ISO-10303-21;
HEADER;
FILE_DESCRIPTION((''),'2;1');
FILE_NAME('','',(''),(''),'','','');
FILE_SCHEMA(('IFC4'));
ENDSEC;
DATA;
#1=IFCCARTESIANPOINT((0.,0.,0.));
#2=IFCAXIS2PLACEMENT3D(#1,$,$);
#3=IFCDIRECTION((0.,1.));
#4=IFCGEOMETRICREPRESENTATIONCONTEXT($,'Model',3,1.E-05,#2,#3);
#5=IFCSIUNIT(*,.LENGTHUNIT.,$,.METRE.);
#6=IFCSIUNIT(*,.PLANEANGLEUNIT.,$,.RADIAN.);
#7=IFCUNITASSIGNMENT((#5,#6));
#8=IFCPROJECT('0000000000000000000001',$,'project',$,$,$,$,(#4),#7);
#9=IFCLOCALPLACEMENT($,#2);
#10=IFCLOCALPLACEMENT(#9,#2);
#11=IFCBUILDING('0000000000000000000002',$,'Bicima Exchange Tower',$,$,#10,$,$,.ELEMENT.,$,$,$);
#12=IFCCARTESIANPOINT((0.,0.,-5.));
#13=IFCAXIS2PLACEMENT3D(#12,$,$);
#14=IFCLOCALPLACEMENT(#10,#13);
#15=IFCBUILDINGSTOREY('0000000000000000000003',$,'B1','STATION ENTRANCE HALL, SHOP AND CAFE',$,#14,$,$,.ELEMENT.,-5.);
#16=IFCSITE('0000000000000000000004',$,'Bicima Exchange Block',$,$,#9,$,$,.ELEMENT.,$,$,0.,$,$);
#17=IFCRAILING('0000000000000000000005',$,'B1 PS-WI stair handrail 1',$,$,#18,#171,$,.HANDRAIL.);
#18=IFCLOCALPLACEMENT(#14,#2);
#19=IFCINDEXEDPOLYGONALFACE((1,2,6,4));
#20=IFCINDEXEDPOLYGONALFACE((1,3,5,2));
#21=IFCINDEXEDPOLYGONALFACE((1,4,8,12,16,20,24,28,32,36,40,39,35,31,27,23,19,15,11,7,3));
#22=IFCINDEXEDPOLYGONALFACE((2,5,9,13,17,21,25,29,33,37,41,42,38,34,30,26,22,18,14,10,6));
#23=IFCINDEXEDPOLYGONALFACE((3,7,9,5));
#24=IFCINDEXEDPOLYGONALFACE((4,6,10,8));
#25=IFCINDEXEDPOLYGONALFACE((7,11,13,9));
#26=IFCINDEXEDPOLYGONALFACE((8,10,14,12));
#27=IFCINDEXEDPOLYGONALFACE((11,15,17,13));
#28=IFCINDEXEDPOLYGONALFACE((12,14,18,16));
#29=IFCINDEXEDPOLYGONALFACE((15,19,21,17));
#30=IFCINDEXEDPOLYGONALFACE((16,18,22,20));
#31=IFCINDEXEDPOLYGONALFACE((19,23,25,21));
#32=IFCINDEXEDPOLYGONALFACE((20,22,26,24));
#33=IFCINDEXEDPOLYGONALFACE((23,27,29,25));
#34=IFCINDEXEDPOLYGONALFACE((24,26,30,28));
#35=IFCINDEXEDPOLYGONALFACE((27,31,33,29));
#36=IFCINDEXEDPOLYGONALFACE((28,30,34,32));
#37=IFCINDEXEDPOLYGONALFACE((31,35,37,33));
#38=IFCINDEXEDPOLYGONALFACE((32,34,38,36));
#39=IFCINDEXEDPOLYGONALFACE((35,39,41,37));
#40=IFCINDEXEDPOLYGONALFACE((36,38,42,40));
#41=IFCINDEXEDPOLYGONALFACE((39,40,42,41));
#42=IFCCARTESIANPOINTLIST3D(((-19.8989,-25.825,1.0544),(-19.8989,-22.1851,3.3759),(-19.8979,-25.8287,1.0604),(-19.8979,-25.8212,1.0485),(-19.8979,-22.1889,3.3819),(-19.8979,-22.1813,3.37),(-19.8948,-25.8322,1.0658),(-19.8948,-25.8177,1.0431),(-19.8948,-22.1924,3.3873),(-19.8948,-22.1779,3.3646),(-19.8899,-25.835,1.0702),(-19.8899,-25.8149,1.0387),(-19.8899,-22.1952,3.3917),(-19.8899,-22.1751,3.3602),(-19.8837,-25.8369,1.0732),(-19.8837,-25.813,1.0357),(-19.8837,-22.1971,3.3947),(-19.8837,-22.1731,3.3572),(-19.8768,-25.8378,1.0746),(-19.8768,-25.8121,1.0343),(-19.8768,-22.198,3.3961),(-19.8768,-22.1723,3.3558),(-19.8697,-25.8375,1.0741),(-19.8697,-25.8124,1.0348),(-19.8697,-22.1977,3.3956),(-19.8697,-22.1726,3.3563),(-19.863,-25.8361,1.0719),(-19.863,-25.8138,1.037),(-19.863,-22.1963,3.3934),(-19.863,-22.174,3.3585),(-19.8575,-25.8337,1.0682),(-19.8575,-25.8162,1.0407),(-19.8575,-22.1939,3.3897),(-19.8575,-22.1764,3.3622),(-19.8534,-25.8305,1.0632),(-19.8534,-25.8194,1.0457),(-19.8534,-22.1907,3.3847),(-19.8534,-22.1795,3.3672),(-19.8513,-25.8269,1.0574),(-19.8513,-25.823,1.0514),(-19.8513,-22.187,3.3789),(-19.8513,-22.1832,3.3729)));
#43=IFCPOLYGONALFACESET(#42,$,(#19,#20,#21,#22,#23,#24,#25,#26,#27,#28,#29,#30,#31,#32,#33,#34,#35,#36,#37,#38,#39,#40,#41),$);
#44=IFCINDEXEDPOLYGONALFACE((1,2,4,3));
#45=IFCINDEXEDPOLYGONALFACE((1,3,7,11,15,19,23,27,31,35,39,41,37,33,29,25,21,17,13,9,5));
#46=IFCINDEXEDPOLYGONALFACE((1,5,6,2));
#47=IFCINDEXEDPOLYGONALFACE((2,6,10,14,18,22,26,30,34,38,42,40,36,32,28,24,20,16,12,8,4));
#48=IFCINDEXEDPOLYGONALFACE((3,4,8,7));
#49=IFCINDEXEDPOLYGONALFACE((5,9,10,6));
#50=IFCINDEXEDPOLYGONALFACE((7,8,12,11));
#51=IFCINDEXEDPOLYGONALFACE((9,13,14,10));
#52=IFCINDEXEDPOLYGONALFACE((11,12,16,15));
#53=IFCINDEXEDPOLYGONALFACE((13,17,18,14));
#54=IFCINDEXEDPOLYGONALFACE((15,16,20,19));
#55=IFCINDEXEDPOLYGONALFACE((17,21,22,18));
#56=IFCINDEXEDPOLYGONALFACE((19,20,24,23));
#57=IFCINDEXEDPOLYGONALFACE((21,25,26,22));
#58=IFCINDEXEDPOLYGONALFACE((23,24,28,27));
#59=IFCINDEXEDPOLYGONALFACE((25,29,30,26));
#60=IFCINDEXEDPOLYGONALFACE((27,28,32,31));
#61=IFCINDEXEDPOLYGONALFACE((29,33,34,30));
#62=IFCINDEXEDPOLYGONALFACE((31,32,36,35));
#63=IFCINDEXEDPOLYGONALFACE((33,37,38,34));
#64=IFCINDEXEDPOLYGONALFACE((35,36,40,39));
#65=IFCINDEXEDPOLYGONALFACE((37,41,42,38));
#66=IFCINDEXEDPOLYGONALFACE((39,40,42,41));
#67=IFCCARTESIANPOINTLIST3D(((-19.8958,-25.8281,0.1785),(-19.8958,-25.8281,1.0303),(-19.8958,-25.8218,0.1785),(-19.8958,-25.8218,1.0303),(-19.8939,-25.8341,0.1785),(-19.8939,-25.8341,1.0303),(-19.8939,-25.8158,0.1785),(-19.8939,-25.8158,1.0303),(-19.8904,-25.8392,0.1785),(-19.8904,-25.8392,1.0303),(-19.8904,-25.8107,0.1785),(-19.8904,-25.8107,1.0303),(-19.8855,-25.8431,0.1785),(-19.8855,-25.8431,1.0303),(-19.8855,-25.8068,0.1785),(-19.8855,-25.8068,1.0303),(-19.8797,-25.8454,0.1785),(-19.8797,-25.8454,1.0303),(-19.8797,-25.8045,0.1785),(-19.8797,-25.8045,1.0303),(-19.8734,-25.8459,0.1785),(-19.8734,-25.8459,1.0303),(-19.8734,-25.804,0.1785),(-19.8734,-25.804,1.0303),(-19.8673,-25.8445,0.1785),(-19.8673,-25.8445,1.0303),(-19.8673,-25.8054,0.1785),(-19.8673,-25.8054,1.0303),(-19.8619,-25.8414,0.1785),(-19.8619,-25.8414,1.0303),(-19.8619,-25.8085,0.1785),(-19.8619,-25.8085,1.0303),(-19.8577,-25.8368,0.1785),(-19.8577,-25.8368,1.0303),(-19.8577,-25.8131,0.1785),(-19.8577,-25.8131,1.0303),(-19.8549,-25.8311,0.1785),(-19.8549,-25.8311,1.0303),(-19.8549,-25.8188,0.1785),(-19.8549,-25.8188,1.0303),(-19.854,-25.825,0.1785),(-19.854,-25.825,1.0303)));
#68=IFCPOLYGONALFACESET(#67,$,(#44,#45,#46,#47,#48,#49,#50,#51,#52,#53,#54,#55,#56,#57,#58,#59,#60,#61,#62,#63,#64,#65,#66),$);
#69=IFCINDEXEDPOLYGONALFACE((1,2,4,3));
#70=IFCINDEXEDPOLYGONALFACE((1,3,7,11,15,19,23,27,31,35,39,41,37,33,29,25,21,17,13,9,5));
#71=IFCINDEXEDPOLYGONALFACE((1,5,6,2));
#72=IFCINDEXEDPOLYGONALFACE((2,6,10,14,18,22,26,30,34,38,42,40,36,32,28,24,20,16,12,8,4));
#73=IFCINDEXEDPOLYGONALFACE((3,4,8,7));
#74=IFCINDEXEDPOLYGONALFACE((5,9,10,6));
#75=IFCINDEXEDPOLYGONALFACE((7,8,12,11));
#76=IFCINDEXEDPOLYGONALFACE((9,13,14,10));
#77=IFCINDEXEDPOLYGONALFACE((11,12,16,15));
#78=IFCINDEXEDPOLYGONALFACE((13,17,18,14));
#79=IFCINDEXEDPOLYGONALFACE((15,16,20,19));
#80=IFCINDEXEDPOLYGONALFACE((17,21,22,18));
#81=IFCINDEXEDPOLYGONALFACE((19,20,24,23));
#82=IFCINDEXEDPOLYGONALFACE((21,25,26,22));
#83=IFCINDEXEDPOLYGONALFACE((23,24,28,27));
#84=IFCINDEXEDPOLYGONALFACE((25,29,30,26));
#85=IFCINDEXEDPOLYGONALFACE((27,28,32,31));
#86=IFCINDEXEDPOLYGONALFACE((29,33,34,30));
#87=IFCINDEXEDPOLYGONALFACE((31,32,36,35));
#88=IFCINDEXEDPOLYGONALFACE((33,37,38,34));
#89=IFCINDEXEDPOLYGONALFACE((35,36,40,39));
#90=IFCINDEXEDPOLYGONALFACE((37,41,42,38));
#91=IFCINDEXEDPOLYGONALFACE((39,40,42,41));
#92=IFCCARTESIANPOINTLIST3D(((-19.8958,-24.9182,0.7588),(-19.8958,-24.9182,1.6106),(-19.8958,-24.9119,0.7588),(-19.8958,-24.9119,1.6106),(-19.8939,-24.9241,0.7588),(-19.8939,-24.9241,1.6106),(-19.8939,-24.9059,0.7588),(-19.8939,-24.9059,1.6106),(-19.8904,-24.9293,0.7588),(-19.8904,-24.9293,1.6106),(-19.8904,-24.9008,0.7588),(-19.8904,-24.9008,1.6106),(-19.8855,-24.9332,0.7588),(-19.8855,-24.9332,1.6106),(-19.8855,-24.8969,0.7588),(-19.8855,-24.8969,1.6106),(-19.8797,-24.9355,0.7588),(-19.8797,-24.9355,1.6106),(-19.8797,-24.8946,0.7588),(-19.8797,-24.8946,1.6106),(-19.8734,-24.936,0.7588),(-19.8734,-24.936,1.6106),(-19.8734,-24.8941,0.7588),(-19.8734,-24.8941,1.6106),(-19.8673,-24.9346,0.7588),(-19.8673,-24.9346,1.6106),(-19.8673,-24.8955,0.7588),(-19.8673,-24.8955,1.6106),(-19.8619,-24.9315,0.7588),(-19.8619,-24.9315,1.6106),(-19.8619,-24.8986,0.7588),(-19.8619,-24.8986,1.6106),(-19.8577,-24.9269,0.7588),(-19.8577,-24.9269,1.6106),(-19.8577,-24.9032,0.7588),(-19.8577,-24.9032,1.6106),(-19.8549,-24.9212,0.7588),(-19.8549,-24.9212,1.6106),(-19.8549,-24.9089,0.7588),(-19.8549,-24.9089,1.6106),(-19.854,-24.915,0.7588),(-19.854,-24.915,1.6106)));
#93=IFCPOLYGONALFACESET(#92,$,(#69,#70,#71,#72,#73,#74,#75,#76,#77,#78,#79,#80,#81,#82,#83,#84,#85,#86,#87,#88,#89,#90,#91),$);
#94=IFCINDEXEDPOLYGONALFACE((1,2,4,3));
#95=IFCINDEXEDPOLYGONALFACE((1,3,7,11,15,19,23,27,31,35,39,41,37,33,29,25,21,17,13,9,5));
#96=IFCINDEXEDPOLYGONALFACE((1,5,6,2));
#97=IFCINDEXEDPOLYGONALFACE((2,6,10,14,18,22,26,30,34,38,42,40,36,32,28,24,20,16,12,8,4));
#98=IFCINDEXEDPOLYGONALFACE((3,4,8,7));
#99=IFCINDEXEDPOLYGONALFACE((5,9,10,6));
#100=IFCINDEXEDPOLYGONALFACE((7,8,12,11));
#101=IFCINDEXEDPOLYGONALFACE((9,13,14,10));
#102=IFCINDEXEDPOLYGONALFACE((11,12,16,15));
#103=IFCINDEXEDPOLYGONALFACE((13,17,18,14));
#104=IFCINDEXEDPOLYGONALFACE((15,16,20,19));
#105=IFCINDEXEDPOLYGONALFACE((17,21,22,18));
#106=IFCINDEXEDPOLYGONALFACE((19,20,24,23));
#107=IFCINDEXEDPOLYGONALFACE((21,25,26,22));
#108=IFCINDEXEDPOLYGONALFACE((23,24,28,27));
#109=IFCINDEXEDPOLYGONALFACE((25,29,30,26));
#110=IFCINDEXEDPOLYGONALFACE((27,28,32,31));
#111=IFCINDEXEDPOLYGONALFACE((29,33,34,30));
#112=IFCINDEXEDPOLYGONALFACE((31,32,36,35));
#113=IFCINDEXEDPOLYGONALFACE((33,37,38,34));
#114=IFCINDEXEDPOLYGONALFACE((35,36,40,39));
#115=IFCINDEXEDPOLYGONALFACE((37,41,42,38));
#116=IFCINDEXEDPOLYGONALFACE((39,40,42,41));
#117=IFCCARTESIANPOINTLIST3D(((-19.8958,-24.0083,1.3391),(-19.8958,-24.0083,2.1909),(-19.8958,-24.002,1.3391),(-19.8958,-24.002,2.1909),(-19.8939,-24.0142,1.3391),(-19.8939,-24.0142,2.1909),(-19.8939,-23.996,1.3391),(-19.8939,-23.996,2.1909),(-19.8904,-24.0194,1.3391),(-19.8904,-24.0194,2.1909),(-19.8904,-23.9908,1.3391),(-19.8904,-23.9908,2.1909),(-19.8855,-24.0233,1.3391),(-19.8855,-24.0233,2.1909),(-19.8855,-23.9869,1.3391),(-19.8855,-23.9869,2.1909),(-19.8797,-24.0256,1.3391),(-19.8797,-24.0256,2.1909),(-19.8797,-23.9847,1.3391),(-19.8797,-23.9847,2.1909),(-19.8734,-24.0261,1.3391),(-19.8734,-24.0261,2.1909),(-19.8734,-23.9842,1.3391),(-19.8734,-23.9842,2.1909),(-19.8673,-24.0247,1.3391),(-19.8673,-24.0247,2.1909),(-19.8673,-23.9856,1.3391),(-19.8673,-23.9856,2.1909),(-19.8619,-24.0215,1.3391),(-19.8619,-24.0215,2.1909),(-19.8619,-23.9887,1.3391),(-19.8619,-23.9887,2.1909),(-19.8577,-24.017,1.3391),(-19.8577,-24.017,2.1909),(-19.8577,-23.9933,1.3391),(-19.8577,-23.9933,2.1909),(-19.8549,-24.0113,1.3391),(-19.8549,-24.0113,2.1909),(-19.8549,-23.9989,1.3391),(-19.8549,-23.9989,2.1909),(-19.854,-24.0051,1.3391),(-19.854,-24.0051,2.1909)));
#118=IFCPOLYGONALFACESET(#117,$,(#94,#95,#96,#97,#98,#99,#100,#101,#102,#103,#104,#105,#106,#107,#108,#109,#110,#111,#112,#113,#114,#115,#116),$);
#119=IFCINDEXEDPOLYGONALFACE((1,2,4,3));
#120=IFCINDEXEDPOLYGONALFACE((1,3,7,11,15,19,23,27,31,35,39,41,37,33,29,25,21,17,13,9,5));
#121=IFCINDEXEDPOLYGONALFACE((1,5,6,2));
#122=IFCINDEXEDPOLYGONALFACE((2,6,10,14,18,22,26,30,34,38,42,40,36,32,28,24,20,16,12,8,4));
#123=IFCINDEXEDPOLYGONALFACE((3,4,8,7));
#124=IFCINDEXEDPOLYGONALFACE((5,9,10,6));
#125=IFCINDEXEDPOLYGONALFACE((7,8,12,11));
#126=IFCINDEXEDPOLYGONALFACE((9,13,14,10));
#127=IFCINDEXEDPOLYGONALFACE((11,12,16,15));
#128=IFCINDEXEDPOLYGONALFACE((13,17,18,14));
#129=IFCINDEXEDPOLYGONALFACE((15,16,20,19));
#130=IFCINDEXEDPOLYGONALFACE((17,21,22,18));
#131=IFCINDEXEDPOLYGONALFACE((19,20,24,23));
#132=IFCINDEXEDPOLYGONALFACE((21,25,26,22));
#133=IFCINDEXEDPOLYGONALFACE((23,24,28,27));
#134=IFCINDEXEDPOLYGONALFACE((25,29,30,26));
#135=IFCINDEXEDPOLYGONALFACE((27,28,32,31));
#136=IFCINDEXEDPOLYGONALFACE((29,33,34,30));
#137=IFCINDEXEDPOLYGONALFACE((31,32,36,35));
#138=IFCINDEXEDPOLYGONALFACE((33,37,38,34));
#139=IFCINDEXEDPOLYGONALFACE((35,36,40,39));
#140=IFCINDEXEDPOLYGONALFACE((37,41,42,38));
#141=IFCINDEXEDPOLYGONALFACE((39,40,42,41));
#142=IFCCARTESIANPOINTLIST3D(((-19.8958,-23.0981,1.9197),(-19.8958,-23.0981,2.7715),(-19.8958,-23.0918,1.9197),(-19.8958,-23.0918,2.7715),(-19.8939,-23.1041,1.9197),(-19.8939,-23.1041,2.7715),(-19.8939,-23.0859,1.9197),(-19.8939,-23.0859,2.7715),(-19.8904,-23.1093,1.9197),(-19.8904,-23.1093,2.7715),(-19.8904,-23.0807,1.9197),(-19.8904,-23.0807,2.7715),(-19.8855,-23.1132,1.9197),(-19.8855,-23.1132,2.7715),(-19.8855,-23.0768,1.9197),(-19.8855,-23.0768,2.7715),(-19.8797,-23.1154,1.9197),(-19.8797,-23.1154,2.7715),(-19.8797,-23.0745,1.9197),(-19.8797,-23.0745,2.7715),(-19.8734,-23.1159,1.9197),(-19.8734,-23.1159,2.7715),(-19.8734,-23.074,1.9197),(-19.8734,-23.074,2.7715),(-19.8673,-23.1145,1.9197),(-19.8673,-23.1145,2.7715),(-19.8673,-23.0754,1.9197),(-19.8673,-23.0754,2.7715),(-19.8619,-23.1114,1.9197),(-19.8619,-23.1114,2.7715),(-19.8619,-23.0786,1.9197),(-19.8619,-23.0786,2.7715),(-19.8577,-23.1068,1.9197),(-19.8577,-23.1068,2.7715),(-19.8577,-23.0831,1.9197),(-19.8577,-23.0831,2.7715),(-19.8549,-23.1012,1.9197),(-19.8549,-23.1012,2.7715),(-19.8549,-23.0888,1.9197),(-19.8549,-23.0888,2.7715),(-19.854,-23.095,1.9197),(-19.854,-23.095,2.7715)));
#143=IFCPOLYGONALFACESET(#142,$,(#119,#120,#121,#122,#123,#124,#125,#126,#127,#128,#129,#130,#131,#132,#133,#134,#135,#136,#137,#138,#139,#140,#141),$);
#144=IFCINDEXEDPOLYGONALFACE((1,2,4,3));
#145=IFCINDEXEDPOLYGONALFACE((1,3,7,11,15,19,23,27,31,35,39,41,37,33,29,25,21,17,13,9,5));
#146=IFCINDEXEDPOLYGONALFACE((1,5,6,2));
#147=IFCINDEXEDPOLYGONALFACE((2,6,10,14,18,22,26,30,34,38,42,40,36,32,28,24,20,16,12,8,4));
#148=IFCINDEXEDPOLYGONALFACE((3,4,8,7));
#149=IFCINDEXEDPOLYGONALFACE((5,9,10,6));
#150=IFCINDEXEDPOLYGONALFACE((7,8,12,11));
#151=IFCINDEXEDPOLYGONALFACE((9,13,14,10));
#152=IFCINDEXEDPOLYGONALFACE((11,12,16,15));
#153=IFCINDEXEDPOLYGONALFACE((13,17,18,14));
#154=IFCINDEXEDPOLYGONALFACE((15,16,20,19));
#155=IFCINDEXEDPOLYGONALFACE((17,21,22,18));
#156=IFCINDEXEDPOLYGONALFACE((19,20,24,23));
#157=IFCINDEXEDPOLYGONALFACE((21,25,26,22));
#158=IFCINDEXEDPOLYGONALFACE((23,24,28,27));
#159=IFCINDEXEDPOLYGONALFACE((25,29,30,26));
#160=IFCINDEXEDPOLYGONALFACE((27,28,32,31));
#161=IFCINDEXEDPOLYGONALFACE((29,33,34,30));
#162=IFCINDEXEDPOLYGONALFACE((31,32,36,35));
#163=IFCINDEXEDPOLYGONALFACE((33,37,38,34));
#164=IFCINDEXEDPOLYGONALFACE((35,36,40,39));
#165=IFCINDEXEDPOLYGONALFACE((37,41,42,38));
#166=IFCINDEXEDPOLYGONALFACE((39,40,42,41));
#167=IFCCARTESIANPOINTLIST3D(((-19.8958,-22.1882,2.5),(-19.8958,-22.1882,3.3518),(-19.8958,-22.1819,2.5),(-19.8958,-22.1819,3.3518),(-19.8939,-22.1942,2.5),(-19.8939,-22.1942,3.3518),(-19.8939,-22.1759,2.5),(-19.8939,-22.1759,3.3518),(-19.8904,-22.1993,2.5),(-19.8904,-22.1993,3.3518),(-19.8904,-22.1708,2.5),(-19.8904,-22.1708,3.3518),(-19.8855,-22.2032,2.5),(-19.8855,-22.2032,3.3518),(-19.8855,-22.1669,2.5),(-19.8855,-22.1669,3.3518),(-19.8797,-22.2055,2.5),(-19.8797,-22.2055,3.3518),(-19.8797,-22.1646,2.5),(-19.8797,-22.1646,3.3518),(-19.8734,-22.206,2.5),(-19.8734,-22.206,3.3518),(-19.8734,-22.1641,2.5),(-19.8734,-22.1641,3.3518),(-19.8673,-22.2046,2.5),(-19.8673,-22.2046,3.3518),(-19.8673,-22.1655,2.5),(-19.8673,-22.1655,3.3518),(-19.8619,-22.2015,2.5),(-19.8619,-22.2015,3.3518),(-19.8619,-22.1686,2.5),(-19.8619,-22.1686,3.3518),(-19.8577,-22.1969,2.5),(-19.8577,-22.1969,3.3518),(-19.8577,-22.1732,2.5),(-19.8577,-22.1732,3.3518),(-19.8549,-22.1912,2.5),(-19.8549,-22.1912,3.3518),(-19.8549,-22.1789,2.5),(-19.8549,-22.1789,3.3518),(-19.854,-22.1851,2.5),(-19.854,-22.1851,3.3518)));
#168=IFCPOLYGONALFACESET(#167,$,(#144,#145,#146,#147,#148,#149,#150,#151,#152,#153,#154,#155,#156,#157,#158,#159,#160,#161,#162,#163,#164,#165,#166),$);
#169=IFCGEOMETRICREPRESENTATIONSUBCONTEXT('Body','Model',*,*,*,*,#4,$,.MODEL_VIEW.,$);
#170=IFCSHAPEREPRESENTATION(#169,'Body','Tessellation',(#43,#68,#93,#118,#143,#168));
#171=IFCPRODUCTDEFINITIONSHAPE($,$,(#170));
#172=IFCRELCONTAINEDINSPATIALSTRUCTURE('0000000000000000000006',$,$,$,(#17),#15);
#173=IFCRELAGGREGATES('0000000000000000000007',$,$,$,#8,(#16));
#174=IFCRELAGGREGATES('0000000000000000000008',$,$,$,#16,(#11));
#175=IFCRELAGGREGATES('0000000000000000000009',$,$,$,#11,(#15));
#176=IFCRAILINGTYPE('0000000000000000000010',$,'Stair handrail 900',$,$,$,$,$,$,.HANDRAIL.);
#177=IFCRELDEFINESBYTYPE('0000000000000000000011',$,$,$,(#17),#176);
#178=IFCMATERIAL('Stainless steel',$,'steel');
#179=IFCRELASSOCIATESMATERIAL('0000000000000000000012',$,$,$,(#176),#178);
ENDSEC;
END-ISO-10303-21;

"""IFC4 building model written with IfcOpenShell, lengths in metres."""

from ifc_helpers import new_model, si_unit, direction, frame, origin, origin_2d, place, context, subcontext, project, spatial, circle, extrude, material, type_object, element, save


model = new_model("IFC4")

# Units and contexts
model_context = context("Model", 3, precision=1e-05, world=origin(), true_north=direction((0.0, 1.0)))
body_context = subcontext(model_context, "Body", "Model", "MODEL_VIEW")
ifc_project = project(units=[si_unit("LENGTHUNIT", "METRE"), si_unit("PLANEANGLEUNIT", "RADIAN")], contexts=[model_context])

# Site, building, storey
site_placement = place(None, origin())
site = spatial("IfcSite", under=ifc_project, at=site_placement, Name="Bicima Exchange Block", CompositionType="ELEMENT", RefElevation=0.0)
building_placement = place(site_placement, origin())
building = spatial("IfcBuilding", under=site, at=building_placement, Name="Bicima Exchange Tower", CompositionType="ELEMENT")
storey_placement = place(building_placement, frame((0.0, 0.0, -5.0)))
storey = spatial("IfcBuildingStorey", under=building, at=storey_placement, Name="B1", Description="STATION ENTRANCE HALL, SHOP AND CAFE", CompositionType="ELEMENT", Elevation=-5.0)

# Railing
ifc_material_1 = material(Name="Stainless steel", Category="steel")
railing_type_1 = type_object("IfcRailingType", Name="Stair handrail 900", PredefinedType="HANDRAIL", material=ifc_material_1)
railing_1_placement = place(storey_placement, frame((-19.875, -25.825, 0.1785)))
element("IfcRailing", 1, at=railing_1_placement, inside=storey, type_object=railing_type_1, Name="B1 PS-WI stair handrail 1", PredefinedType="HANDRAIL", context=body_context, shape_type="SweptSolid", body=[
    extrude(circle(Radius=0.0239, at=origin_2d()), frame((0.0, 0.0, 0.876), z_axis=(0.0, 0.843112, 0.537739), x_axis=(-1.0, 0.0, 0.0)), (0.0, 0.0, 1.0), 4.3171),
    extrude(circle(Radius=0.021, at=origin_2d()), origin(), (0.0, 0.0, 1.0), 0.8518),
    extrude(circle(Radius=0.021, at=origin_2d()), frame((0.0, 0.9099, 0.5803)), (0.0, 0.0, 1.0), 0.8518),
    extrude(circle(Radius=0.021, at=origin_2d()), frame((0.0, 1.8198, 1.1606)), (0.0, 0.0, 1.0), 0.8518),
    extrude(circle(Radius=0.021, at=origin_2d()), frame((0.0, 2.73, 1.7412)), (0.0, 0.0, 1.0), 0.8518),
    extrude(circle(Radius=0.021, at=origin_2d()), frame((0.0, 3.6399, 2.3215)), (0.0, 0.0, 1.0), 0.8518),
])

save(model, "model.ifc")
